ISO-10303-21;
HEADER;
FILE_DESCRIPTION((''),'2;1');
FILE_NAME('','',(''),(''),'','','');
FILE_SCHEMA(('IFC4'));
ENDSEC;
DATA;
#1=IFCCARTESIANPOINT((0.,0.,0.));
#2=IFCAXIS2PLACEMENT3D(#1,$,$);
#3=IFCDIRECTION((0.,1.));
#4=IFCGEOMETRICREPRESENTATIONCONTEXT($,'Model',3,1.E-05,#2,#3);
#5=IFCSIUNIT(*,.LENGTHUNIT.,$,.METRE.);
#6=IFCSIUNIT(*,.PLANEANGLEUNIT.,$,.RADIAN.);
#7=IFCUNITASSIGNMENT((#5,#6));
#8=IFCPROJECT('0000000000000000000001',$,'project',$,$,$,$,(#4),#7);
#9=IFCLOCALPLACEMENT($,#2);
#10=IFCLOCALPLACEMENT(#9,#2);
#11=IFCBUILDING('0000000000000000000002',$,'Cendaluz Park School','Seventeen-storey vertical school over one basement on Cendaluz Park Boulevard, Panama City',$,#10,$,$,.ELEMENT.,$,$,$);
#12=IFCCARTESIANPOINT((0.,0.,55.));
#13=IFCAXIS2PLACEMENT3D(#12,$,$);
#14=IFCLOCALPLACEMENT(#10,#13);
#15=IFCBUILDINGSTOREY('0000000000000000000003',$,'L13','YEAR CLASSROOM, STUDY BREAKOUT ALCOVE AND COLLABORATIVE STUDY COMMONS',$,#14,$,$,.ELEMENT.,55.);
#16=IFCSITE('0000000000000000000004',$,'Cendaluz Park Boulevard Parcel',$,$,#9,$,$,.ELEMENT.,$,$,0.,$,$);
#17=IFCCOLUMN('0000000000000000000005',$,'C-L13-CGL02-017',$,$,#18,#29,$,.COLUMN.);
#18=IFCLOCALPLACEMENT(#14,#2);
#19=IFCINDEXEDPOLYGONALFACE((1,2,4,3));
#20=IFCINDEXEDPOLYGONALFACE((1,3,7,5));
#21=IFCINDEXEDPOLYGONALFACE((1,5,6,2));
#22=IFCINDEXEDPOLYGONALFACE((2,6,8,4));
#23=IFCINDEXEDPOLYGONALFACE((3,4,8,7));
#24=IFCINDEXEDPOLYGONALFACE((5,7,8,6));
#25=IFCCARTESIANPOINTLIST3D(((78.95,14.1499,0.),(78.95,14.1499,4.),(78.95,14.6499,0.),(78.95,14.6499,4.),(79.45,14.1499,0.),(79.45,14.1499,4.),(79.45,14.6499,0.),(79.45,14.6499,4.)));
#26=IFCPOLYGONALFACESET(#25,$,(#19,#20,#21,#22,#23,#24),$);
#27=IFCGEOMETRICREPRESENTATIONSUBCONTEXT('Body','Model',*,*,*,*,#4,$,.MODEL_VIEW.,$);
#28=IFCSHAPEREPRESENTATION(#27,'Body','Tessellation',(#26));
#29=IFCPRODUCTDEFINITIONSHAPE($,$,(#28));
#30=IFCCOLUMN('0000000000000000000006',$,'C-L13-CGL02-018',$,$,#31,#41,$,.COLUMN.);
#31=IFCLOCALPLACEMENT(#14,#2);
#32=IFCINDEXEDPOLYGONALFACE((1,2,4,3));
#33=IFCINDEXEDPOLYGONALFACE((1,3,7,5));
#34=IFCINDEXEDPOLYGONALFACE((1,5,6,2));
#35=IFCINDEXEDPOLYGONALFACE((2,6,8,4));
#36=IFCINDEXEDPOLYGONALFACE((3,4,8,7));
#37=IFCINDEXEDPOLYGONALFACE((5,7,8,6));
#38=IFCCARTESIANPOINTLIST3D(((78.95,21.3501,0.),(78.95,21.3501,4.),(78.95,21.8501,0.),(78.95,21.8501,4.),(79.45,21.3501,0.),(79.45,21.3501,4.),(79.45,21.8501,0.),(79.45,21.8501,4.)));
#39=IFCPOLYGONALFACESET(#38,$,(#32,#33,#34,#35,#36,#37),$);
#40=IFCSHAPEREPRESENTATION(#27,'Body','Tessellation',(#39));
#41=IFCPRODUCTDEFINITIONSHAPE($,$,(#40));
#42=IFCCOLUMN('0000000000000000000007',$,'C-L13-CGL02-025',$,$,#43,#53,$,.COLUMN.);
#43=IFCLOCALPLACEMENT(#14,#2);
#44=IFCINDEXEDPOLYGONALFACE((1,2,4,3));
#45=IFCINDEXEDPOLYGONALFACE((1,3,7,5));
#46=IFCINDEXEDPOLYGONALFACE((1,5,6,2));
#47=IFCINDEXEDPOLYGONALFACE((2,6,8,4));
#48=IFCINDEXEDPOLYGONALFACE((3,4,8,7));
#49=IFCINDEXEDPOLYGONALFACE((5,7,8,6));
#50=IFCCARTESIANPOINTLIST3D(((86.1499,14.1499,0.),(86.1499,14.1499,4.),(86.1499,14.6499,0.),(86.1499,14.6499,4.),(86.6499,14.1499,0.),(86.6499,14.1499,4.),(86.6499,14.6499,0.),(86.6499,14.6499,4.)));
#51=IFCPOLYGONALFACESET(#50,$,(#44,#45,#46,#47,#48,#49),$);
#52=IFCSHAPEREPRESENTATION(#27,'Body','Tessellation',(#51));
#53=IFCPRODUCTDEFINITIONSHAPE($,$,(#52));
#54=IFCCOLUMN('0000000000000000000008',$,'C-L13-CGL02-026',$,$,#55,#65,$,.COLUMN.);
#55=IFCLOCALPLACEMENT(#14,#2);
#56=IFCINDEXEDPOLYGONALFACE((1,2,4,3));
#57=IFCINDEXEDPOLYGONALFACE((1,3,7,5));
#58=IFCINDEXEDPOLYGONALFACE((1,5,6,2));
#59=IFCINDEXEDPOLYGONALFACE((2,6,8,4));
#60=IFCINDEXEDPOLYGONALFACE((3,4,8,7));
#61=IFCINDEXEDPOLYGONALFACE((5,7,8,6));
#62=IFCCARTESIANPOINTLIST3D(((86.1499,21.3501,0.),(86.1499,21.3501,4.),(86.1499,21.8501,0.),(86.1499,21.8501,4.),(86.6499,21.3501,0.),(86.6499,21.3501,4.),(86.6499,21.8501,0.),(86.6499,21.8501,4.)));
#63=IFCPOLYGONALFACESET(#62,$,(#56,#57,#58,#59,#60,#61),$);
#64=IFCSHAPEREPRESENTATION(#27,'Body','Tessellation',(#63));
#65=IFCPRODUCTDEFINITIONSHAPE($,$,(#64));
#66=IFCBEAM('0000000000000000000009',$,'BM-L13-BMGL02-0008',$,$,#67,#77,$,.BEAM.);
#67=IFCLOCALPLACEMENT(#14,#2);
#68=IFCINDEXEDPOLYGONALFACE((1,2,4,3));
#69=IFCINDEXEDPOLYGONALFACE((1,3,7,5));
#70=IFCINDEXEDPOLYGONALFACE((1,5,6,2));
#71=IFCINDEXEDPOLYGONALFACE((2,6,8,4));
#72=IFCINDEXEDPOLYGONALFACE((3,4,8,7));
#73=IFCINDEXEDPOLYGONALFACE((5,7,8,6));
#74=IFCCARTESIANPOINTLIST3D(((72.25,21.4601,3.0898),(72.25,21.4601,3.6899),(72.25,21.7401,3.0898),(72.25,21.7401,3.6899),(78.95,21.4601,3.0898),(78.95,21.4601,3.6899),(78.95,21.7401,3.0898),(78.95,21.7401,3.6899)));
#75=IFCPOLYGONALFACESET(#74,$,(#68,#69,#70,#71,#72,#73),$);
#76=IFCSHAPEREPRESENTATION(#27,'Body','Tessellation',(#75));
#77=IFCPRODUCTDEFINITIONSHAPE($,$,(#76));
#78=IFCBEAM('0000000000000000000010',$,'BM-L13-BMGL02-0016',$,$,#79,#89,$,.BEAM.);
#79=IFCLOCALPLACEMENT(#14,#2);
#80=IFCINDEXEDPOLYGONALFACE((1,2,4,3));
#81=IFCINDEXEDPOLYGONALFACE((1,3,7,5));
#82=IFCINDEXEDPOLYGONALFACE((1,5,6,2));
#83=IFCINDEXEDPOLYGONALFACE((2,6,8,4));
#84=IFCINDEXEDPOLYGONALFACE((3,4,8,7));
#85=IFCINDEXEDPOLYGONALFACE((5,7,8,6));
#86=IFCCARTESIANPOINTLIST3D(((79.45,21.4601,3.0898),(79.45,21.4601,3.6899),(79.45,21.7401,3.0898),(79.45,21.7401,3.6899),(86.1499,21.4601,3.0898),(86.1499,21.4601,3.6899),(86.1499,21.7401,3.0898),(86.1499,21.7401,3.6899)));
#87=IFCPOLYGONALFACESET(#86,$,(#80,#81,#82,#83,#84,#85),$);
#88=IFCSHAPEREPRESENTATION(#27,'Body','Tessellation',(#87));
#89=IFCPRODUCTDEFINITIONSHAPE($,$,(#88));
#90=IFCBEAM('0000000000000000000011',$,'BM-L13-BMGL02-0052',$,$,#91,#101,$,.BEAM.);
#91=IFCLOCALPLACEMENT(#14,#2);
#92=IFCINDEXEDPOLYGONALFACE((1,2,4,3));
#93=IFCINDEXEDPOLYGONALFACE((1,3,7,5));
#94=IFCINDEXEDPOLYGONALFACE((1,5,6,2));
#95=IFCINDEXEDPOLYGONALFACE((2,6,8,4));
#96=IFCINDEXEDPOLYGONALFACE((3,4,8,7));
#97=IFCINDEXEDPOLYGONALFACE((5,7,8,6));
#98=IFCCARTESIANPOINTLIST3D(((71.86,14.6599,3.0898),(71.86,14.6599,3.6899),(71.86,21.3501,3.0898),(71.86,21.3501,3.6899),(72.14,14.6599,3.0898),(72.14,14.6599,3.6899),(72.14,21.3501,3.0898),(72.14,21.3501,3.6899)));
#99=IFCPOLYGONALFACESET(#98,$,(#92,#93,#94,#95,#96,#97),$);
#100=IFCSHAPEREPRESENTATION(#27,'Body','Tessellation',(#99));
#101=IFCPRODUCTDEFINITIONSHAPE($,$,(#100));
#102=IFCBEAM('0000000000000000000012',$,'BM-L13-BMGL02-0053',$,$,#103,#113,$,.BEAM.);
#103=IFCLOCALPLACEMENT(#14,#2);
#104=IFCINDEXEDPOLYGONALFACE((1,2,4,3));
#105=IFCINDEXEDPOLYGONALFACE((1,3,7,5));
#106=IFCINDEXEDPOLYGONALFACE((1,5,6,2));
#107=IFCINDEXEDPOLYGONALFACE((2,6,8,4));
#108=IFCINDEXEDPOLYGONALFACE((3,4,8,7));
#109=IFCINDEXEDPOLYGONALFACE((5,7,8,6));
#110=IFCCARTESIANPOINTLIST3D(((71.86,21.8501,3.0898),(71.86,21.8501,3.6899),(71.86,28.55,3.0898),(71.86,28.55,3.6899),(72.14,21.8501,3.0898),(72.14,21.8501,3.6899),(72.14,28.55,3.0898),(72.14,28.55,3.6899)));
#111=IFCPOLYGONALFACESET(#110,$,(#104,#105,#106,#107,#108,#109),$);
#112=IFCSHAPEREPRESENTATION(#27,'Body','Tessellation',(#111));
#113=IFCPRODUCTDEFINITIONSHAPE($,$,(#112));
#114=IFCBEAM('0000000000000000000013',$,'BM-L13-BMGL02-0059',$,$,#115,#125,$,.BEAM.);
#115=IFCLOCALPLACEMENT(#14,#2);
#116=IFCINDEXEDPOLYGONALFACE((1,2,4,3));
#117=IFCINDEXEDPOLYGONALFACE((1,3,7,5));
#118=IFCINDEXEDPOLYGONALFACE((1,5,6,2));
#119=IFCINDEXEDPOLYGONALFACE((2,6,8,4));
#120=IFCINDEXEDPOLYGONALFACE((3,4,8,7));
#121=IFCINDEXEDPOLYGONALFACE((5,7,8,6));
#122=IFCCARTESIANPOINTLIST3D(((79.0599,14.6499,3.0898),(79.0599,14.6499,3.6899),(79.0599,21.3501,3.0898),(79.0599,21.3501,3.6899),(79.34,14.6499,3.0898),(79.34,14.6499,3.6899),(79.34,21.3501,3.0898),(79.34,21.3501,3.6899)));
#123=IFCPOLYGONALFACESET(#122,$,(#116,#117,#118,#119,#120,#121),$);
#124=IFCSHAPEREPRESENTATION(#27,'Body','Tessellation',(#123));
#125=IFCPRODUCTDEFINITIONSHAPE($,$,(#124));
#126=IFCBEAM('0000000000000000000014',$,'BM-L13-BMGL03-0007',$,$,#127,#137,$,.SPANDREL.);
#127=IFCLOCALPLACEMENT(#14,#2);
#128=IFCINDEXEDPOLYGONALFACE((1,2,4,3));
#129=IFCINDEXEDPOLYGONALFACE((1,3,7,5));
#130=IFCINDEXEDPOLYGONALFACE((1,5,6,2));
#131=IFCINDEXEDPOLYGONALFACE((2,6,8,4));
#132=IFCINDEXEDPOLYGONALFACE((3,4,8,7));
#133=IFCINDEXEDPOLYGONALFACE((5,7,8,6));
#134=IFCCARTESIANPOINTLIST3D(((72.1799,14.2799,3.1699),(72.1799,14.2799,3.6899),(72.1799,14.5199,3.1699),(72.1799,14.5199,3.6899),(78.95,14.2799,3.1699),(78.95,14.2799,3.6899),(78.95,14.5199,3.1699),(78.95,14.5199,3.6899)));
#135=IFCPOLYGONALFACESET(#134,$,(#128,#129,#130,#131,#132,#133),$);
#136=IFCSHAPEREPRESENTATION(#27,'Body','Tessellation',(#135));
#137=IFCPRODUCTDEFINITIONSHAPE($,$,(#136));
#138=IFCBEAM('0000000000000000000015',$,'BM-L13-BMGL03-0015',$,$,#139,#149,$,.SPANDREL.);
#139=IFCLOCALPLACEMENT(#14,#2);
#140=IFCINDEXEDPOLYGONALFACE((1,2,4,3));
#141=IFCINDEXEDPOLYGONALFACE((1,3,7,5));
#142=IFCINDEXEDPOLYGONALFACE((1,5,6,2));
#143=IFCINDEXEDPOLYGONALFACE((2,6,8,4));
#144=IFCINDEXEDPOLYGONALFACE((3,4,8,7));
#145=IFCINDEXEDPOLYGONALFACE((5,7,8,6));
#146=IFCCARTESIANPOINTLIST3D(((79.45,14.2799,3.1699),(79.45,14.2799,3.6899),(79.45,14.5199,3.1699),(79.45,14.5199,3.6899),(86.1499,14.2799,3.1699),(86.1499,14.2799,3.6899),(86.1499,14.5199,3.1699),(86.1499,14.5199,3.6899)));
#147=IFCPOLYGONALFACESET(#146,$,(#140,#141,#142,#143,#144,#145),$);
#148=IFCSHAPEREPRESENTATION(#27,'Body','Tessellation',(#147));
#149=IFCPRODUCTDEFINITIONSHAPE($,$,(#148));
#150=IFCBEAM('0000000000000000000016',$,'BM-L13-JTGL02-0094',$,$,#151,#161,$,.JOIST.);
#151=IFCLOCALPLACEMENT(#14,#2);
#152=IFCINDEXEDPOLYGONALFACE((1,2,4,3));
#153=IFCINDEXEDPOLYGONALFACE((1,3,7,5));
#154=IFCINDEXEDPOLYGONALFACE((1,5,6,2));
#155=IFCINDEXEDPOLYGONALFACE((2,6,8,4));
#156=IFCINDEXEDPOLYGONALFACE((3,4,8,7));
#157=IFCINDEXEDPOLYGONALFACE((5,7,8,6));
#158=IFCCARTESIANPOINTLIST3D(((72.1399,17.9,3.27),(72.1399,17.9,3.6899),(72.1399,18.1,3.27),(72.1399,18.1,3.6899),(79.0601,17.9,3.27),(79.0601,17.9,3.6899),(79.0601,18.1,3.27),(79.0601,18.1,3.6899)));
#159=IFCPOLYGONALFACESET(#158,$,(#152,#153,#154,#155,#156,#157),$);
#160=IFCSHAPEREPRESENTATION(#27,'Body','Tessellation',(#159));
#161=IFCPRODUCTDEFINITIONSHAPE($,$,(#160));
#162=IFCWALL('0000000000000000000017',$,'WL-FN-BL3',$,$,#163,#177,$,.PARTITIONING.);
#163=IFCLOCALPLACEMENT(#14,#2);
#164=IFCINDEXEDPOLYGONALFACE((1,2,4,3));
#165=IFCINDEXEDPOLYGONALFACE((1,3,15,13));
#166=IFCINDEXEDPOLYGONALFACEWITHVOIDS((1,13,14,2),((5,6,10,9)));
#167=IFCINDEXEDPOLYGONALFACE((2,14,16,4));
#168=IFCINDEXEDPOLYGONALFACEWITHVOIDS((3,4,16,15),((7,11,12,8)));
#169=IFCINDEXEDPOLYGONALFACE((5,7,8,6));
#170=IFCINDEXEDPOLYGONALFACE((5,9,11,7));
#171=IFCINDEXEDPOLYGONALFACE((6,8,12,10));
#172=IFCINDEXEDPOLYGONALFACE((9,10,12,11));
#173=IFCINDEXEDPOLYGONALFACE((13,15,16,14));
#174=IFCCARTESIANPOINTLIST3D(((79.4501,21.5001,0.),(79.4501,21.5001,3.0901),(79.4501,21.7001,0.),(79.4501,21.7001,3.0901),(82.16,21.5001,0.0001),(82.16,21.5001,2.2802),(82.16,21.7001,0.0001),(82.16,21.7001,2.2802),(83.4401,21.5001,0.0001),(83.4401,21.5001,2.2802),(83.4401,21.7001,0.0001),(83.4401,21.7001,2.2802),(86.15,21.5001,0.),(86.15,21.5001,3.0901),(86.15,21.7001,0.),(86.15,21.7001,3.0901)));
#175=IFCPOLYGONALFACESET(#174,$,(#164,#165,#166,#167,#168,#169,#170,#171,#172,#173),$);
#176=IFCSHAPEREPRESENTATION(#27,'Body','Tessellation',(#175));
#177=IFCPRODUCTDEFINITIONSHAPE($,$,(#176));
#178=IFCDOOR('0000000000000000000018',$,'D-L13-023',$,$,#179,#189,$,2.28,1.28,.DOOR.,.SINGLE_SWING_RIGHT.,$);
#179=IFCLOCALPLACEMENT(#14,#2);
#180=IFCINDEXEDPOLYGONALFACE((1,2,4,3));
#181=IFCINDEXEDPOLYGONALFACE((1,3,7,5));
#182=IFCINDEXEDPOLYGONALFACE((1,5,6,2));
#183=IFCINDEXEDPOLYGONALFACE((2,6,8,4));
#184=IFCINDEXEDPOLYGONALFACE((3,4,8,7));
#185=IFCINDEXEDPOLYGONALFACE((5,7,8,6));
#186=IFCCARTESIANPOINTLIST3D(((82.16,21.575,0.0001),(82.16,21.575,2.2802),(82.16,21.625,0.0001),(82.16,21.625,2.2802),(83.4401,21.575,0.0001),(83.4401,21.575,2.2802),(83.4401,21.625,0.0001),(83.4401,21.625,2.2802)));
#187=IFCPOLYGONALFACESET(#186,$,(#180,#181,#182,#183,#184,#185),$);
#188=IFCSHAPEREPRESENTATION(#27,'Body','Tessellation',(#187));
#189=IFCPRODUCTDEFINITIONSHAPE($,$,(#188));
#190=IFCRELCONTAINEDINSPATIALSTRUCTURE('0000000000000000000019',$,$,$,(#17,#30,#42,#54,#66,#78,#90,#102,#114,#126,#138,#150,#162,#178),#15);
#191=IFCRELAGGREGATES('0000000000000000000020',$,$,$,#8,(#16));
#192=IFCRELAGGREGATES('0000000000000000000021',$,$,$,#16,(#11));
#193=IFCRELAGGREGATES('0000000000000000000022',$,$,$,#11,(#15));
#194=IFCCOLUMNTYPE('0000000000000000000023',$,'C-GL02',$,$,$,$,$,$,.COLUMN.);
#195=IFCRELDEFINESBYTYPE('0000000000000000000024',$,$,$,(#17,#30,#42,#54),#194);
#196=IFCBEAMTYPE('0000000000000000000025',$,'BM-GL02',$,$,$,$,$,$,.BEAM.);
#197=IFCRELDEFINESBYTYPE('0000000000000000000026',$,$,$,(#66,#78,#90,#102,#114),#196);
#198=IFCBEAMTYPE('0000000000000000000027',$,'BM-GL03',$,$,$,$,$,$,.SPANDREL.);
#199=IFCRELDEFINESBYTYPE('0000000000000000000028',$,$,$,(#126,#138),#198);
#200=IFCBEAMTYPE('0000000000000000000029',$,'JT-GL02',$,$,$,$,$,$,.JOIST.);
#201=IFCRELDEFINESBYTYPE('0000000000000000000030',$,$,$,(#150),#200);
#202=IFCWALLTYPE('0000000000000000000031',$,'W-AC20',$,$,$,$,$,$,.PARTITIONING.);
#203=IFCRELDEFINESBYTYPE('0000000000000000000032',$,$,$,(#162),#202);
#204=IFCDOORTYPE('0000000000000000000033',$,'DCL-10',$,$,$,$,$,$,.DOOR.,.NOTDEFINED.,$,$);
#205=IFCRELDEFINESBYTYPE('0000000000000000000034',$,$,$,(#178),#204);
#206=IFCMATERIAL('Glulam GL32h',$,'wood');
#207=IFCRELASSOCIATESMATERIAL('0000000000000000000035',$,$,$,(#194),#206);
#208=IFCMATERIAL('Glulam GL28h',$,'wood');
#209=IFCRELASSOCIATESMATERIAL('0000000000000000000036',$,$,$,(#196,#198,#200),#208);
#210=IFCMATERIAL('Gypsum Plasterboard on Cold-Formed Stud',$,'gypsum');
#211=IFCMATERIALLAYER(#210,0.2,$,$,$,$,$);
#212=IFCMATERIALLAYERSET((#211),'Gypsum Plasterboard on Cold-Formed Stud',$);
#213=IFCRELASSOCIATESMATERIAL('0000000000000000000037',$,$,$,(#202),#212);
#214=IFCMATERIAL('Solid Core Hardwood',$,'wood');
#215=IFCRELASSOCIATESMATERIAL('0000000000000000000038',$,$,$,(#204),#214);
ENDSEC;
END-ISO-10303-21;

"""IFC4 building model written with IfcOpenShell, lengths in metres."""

from ifc_helpers import new_model, si_unit, direction, frame, frame_2d, origin, origin_2d, place, context, subcontext, project, spatial, rectangle, extrude, material, layer, layer_set, material_profile, profile_set, type_object, element, fill, save


model = new_model("IFC4")

# Units and contexts
model_context = context("Model", 3, precision=1e-05, world=origin(), true_north=direction((0.0, 1.0)))
body_context = subcontext(model_context, "Body", "Model", "MODEL_VIEW")
ifc_project = project(units=[si_unit("LENGTHUNIT", "METRE"), si_unit("PLANEANGLEUNIT", "RADIAN")], contexts=[model_context])

# Site, building, storey
site_placement = place(None, origin())
site = spatial("IfcSite", under=ifc_project, at=site_placement, Name="Cendaluz Park Boulevard Parcel", CompositionType="ELEMENT", RefElevation=0.0)
building_placement = place(site_placement, origin())
building = spatial("IfcBuilding", under=site, at=building_placement, Name="Cendaluz Park School", Description="Seventeen-storey vertical school over one basement on Cendaluz Park Boulevard, Panama City", CompositionType="ELEMENT")
storey_placement = place(building_placement, frame((0.0, 0.0, 55.0)))
storey = spatial("IfcBuildingStorey", under=building, at=storey_placement, Name="L13", Description="YEAR CLASSROOM, STUDY BREAKOUT ALCOVE AND COLLABORATIVE STUDY COMMONS", CompositionType="ELEMENT", Elevation=55.0)

# Columns
ifc_material_1 = material(Name="Glulam GL32h", Category="wood")
ifc_material_profile_1 = material_profile(ifc_material_1, rectangle(XDim=0.5, YDim=0.5, at=origin_2d()), Name="GL32h 500x500", Category="wood")
ifc_profile_set_1 = profile_set([ifc_material_profile_1], Name="Glulam GL32h")
column_type = type_object("IfcColumnType", Name="C-GL02", PredefinedType="COLUMN", material=ifc_profile_set_1)
for number, where, z_axis, x_axis, name in (
    (1, (79.2, 14.3999, 0.0), (0.0, 0.0, 1.0), (1.0, 0.0, 0.0), "C-L13-CGL02-017"),
    (2, (79.2, 21.6001, 0.0), (0.0, 0.0, 1.0), (1.0, 0.0, 0.0), "C-L13-CGL02-018"),
    (3, (86.3999, 14.3999, 0.0), (0.0, 0.0, 1.0), (1.0, 0.0, 0.0), "C-L13-CGL02-025"),
    (4, (86.3999, 21.6001, 0.0), (0.0, 0.0, 1.0), (1.0, 0.0, 0.0), "C-L13-CGL02-026"),
):
    element("IfcColumn", number, at=place(storey_placement, frame(where, z_axis=z_axis, x_axis=x_axis)), inside=storey, type_object=column_type, Name=name, PredefinedType="COLUMN", context=body_context, shape_type="SweptSolid", body=[
        extrude(rectangle(XDim=0.5, YDim=0.5, at=origin_2d()), origin(), (0.0, 0.0, 1.0), 4.0),
    ])

# Beams
ifc_material_2 = material(Name="Glulam GL28h", Category="wood")
ifc_material_profile_2 = material_profile(ifc_material_2, rectangle(XDim=0.28, YDim=0.6001, at=origin_2d()), Name="GL28h 280x600", Category="wood")
ifc_profile_set_2 = profile_set([ifc_material_profile_2], Name="Glulam GL28h")
beam_type_1 = type_object("IfcBeamType", Name="BM-GL02", PredefinedType="BEAM", material=ifc_profile_set_2)
for number, where, z_axis, x_axis, name in (
    (5, (72.25, 21.6001, 3.3899), (1.0, 0.0, 0.0), (0.0, 1.0, 0.0), "BM-L13-BMGL02-0008"),
    (6, (79.45, 21.6001, 3.3899), (1.0, 0.0, 0.0), (0.0, 1.0, 0.0), "BM-L13-BMGL02-0016"),
):
    element("IfcBeam", number, at=place(storey_placement, frame(where, z_axis=z_axis, x_axis=x_axis)), inside=storey, type_object=beam_type_1, Name=name, PredefinedType="BEAM", context=body_context, shape_type="SweptSolid", body=[
        extrude(rectangle(XDim=0.28, YDim=0.6001, at=origin_2d()), origin(), (0.0, 0.0, 1.0), 6.7),
    ])
beam_1_placement = place(storey_placement, frame((72.0, 14.6599, 3.3899), z_axis=(0.0, 1.0, 0.0), x_axis=(-1.0, 0.0, 0.0)))
element("IfcBeam", 7, at=beam_1_placement, inside=storey, type_object=beam_type_1, Name="BM-L13-BMGL02-0052", PredefinedType="BEAM", context=body_context, shape_type="SweptSolid", body=[
    extrude(rectangle(XDim=0.28, YDim=0.6001, at=origin_2d()), origin(), (0.0, 0.0, 1.0), 6.6902),
])
beam_2_placement = place(storey_placement, frame((72.0, 21.8501, 3.3899), z_axis=(0.0, 1.0, 0.0), x_axis=(-1.0, 0.0, 0.0)))
element("IfcBeam", 8, at=beam_2_placement, inside=storey, type_object=beam_type_1, Name="BM-L13-BMGL02-0053", PredefinedType="BEAM", context=body_context, shape_type="SweptSolid", body=[
    extrude(rectangle(XDim=0.28, YDim=0.6001, at=origin_2d()), origin(), (0.0, 0.0, 1.0), 6.7),
])
beam_3_placement = place(storey_placement, frame((79.2, 14.6499, 3.3899), z_axis=(0.0, 1.0, 0.0), x_axis=(-1.0, 0.0, 0.0)))
element("IfcBeam", 9, at=beam_3_placement, inside=storey, type_object=beam_type_1, Name="BM-L13-BMGL02-0059", PredefinedType="BEAM", context=body_context, shape_type="SweptSolid", body=[
    extrude(rectangle(XDim=0.28, YDim=0.6001, at=origin_2d()), origin(), (0.0, 0.0, 1.0), 6.7002),
])
ifc_material_profile_3 = material_profile(ifc_material_2, rectangle(XDim=0.24, YDim=0.52, at=origin_2d()), Name="GL28h 240x520", Category="wood")
ifc_profile_set_3 = profile_set([ifc_material_profile_3], Name="Glulam GL28h")
beam_type_2 = type_object("IfcBeamType", Name="BM-GL03", PredefinedType="SPANDREL", material=ifc_profile_set_3)
beam_4_placement = place(storey_placement, frame((72.1799, 14.3999, 3.4299), z_axis=(1.0, 0.0, 0.0), x_axis=(0.0, 1.0, 0.0)))
element("IfcBeam", 10, at=beam_4_placement, inside=storey, type_object=beam_type_2, Name="BM-L13-BMGL03-0007", PredefinedType="SPANDREL", context=body_context, shape_type="SweptSolid", body=[
    extrude(rectangle(XDim=0.24, YDim=0.52, at=origin_2d()), origin(), (0.0, 0.0, 1.0), 6.77),
])
beam_5_placement = place(storey_placement, frame((79.45, 14.3999, 3.4299), z_axis=(1.0, 0.0, 0.0), x_axis=(0.0, 1.0, 0.0)))
element("IfcBeam", 11, at=beam_5_placement, inside=storey, type_object=beam_type_2, Name="BM-L13-BMGL03-0015", PredefinedType="SPANDREL", context=body_context, shape_type="SweptSolid", body=[
    extrude(rectangle(XDim=0.24, YDim=0.52, at=origin_2d()), origin(), (0.0, 0.0, 1.0), 6.7),
])
ifc_material_profile_4 = material_profile(ifc_material_2, rectangle(XDim=0.2, YDim=0.4199, at=origin_2d()), Name="GL28h 200x420", Category="wood")
ifc_profile_set_4 = profile_set([ifc_material_profile_4], Name="Glulam GL28h")
beam_type_3 = type_object("IfcBeamType", Name="JT-GL02", PredefinedType="JOIST", material=ifc_profile_set_4)
beam_6_placement = place(storey_placement, frame((72.1399, 18.0, 3.48), z_axis=(1.0, 0.0, 0.0), x_axis=(0.0, 1.0, 0.0)))
element("IfcBeam", 12, at=beam_6_placement, inside=storey, type_object=beam_type_3, Name="BM-L13-JTGL02-0094", PredefinedType="JOIST", context=body_context, shape_type="SweptSolid", body=[
    extrude(rectangle(XDim=0.2, YDim=0.4199, at=origin_2d()), origin(), (0.0, 0.0, 1.0), 6.9202),
])

# Wall, opening, door
ifc_material_3 = material(Name="Gypsum Plasterboard on Cold-Formed Stud", Category="gypsum")
ifc_layer_1 = layer(ifc_material_3, 0.2)
ifc_layer_set_1 = layer_set([ifc_layer_1], Name="Gypsum Plasterboard on Cold-Formed Stud")
wall_type_1 = type_object("IfcWallType", Name="W-AC20", PredefinedType="PARTITIONING", material=ifc_layer_set_1)
wall_1_placement = place(storey_placement, frame((79.45, 21.6001, 0.0), z_axis=(0.0, 0.0, 1.0), x_axis=(1.0, 0.0, 0.0)))
wall_1 = element("IfcWall", 13, at=wall_1_placement, inside=storey, type_object=wall_type_1, Name="WL-FN-BL3", PredefinedType="PARTITIONING", context=body_context, shape_type="SweptSolid", body=[
    extrude(rectangle(XDim=6.7, YDim=0.2, at=frame_2d((3.3501, 0.0))), origin(), (0.0, 0.0, 1.0), 3.0901),
])
opening_1_placement = place(wall_1_placement, frame((2.71, 0.0, 0.0)))
opening_1 = element("IfcOpeningElement", 14, at=opening_1_placement, cuts=wall_1, PredefinedType="OPENING", context=body_context, shape_type="SweptSolid", body=[
    extrude(rectangle(XDim=1.28, YDim=2.28, at=frame_2d((0.6401, 1.1401))), frame((0.0, 0.1121, 0.0), z_axis=(0.0, -1.0, 0.0), x_axis=(1.0, 0.0, 0.0)), (0.0, 0.0, 1.0), 0.2239),
])
ifc_material_4 = material(Name="Solid Core Hardwood", Category="wood")
door_type_1 = type_object("IfcDoorType", Name="DCL-10", OperationType="NOTDEFINED", PredefinedType="DOOR", material=ifc_material_4)
door_1_placement = place(opening_1_placement, origin())
door_1 = element("IfcDoor", 15, at=door_1_placement, inside=storey, type_object=door_type_1, Name="D-L13-023", OperationType="SINGLE_SWING_RIGHT", OverallHeight=2.28, OverallWidth=1.28, PredefinedType="DOOR", context=body_context, shape_type="SweptSolid", body=[
    extrude(rectangle(XDim=1.28, YDim=2.28, at=frame_2d((0.6401, 1.1401))), frame((0.0, 0.0249, 0.0), z_axis=(0.0, -1.0, 0.0), x_axis=(1.0, 0.0, 0.0)), (0.0, 0.0, 1.0), 0.05),
])
fill(opening_1, door_1)

save(model, "model.ifc")
